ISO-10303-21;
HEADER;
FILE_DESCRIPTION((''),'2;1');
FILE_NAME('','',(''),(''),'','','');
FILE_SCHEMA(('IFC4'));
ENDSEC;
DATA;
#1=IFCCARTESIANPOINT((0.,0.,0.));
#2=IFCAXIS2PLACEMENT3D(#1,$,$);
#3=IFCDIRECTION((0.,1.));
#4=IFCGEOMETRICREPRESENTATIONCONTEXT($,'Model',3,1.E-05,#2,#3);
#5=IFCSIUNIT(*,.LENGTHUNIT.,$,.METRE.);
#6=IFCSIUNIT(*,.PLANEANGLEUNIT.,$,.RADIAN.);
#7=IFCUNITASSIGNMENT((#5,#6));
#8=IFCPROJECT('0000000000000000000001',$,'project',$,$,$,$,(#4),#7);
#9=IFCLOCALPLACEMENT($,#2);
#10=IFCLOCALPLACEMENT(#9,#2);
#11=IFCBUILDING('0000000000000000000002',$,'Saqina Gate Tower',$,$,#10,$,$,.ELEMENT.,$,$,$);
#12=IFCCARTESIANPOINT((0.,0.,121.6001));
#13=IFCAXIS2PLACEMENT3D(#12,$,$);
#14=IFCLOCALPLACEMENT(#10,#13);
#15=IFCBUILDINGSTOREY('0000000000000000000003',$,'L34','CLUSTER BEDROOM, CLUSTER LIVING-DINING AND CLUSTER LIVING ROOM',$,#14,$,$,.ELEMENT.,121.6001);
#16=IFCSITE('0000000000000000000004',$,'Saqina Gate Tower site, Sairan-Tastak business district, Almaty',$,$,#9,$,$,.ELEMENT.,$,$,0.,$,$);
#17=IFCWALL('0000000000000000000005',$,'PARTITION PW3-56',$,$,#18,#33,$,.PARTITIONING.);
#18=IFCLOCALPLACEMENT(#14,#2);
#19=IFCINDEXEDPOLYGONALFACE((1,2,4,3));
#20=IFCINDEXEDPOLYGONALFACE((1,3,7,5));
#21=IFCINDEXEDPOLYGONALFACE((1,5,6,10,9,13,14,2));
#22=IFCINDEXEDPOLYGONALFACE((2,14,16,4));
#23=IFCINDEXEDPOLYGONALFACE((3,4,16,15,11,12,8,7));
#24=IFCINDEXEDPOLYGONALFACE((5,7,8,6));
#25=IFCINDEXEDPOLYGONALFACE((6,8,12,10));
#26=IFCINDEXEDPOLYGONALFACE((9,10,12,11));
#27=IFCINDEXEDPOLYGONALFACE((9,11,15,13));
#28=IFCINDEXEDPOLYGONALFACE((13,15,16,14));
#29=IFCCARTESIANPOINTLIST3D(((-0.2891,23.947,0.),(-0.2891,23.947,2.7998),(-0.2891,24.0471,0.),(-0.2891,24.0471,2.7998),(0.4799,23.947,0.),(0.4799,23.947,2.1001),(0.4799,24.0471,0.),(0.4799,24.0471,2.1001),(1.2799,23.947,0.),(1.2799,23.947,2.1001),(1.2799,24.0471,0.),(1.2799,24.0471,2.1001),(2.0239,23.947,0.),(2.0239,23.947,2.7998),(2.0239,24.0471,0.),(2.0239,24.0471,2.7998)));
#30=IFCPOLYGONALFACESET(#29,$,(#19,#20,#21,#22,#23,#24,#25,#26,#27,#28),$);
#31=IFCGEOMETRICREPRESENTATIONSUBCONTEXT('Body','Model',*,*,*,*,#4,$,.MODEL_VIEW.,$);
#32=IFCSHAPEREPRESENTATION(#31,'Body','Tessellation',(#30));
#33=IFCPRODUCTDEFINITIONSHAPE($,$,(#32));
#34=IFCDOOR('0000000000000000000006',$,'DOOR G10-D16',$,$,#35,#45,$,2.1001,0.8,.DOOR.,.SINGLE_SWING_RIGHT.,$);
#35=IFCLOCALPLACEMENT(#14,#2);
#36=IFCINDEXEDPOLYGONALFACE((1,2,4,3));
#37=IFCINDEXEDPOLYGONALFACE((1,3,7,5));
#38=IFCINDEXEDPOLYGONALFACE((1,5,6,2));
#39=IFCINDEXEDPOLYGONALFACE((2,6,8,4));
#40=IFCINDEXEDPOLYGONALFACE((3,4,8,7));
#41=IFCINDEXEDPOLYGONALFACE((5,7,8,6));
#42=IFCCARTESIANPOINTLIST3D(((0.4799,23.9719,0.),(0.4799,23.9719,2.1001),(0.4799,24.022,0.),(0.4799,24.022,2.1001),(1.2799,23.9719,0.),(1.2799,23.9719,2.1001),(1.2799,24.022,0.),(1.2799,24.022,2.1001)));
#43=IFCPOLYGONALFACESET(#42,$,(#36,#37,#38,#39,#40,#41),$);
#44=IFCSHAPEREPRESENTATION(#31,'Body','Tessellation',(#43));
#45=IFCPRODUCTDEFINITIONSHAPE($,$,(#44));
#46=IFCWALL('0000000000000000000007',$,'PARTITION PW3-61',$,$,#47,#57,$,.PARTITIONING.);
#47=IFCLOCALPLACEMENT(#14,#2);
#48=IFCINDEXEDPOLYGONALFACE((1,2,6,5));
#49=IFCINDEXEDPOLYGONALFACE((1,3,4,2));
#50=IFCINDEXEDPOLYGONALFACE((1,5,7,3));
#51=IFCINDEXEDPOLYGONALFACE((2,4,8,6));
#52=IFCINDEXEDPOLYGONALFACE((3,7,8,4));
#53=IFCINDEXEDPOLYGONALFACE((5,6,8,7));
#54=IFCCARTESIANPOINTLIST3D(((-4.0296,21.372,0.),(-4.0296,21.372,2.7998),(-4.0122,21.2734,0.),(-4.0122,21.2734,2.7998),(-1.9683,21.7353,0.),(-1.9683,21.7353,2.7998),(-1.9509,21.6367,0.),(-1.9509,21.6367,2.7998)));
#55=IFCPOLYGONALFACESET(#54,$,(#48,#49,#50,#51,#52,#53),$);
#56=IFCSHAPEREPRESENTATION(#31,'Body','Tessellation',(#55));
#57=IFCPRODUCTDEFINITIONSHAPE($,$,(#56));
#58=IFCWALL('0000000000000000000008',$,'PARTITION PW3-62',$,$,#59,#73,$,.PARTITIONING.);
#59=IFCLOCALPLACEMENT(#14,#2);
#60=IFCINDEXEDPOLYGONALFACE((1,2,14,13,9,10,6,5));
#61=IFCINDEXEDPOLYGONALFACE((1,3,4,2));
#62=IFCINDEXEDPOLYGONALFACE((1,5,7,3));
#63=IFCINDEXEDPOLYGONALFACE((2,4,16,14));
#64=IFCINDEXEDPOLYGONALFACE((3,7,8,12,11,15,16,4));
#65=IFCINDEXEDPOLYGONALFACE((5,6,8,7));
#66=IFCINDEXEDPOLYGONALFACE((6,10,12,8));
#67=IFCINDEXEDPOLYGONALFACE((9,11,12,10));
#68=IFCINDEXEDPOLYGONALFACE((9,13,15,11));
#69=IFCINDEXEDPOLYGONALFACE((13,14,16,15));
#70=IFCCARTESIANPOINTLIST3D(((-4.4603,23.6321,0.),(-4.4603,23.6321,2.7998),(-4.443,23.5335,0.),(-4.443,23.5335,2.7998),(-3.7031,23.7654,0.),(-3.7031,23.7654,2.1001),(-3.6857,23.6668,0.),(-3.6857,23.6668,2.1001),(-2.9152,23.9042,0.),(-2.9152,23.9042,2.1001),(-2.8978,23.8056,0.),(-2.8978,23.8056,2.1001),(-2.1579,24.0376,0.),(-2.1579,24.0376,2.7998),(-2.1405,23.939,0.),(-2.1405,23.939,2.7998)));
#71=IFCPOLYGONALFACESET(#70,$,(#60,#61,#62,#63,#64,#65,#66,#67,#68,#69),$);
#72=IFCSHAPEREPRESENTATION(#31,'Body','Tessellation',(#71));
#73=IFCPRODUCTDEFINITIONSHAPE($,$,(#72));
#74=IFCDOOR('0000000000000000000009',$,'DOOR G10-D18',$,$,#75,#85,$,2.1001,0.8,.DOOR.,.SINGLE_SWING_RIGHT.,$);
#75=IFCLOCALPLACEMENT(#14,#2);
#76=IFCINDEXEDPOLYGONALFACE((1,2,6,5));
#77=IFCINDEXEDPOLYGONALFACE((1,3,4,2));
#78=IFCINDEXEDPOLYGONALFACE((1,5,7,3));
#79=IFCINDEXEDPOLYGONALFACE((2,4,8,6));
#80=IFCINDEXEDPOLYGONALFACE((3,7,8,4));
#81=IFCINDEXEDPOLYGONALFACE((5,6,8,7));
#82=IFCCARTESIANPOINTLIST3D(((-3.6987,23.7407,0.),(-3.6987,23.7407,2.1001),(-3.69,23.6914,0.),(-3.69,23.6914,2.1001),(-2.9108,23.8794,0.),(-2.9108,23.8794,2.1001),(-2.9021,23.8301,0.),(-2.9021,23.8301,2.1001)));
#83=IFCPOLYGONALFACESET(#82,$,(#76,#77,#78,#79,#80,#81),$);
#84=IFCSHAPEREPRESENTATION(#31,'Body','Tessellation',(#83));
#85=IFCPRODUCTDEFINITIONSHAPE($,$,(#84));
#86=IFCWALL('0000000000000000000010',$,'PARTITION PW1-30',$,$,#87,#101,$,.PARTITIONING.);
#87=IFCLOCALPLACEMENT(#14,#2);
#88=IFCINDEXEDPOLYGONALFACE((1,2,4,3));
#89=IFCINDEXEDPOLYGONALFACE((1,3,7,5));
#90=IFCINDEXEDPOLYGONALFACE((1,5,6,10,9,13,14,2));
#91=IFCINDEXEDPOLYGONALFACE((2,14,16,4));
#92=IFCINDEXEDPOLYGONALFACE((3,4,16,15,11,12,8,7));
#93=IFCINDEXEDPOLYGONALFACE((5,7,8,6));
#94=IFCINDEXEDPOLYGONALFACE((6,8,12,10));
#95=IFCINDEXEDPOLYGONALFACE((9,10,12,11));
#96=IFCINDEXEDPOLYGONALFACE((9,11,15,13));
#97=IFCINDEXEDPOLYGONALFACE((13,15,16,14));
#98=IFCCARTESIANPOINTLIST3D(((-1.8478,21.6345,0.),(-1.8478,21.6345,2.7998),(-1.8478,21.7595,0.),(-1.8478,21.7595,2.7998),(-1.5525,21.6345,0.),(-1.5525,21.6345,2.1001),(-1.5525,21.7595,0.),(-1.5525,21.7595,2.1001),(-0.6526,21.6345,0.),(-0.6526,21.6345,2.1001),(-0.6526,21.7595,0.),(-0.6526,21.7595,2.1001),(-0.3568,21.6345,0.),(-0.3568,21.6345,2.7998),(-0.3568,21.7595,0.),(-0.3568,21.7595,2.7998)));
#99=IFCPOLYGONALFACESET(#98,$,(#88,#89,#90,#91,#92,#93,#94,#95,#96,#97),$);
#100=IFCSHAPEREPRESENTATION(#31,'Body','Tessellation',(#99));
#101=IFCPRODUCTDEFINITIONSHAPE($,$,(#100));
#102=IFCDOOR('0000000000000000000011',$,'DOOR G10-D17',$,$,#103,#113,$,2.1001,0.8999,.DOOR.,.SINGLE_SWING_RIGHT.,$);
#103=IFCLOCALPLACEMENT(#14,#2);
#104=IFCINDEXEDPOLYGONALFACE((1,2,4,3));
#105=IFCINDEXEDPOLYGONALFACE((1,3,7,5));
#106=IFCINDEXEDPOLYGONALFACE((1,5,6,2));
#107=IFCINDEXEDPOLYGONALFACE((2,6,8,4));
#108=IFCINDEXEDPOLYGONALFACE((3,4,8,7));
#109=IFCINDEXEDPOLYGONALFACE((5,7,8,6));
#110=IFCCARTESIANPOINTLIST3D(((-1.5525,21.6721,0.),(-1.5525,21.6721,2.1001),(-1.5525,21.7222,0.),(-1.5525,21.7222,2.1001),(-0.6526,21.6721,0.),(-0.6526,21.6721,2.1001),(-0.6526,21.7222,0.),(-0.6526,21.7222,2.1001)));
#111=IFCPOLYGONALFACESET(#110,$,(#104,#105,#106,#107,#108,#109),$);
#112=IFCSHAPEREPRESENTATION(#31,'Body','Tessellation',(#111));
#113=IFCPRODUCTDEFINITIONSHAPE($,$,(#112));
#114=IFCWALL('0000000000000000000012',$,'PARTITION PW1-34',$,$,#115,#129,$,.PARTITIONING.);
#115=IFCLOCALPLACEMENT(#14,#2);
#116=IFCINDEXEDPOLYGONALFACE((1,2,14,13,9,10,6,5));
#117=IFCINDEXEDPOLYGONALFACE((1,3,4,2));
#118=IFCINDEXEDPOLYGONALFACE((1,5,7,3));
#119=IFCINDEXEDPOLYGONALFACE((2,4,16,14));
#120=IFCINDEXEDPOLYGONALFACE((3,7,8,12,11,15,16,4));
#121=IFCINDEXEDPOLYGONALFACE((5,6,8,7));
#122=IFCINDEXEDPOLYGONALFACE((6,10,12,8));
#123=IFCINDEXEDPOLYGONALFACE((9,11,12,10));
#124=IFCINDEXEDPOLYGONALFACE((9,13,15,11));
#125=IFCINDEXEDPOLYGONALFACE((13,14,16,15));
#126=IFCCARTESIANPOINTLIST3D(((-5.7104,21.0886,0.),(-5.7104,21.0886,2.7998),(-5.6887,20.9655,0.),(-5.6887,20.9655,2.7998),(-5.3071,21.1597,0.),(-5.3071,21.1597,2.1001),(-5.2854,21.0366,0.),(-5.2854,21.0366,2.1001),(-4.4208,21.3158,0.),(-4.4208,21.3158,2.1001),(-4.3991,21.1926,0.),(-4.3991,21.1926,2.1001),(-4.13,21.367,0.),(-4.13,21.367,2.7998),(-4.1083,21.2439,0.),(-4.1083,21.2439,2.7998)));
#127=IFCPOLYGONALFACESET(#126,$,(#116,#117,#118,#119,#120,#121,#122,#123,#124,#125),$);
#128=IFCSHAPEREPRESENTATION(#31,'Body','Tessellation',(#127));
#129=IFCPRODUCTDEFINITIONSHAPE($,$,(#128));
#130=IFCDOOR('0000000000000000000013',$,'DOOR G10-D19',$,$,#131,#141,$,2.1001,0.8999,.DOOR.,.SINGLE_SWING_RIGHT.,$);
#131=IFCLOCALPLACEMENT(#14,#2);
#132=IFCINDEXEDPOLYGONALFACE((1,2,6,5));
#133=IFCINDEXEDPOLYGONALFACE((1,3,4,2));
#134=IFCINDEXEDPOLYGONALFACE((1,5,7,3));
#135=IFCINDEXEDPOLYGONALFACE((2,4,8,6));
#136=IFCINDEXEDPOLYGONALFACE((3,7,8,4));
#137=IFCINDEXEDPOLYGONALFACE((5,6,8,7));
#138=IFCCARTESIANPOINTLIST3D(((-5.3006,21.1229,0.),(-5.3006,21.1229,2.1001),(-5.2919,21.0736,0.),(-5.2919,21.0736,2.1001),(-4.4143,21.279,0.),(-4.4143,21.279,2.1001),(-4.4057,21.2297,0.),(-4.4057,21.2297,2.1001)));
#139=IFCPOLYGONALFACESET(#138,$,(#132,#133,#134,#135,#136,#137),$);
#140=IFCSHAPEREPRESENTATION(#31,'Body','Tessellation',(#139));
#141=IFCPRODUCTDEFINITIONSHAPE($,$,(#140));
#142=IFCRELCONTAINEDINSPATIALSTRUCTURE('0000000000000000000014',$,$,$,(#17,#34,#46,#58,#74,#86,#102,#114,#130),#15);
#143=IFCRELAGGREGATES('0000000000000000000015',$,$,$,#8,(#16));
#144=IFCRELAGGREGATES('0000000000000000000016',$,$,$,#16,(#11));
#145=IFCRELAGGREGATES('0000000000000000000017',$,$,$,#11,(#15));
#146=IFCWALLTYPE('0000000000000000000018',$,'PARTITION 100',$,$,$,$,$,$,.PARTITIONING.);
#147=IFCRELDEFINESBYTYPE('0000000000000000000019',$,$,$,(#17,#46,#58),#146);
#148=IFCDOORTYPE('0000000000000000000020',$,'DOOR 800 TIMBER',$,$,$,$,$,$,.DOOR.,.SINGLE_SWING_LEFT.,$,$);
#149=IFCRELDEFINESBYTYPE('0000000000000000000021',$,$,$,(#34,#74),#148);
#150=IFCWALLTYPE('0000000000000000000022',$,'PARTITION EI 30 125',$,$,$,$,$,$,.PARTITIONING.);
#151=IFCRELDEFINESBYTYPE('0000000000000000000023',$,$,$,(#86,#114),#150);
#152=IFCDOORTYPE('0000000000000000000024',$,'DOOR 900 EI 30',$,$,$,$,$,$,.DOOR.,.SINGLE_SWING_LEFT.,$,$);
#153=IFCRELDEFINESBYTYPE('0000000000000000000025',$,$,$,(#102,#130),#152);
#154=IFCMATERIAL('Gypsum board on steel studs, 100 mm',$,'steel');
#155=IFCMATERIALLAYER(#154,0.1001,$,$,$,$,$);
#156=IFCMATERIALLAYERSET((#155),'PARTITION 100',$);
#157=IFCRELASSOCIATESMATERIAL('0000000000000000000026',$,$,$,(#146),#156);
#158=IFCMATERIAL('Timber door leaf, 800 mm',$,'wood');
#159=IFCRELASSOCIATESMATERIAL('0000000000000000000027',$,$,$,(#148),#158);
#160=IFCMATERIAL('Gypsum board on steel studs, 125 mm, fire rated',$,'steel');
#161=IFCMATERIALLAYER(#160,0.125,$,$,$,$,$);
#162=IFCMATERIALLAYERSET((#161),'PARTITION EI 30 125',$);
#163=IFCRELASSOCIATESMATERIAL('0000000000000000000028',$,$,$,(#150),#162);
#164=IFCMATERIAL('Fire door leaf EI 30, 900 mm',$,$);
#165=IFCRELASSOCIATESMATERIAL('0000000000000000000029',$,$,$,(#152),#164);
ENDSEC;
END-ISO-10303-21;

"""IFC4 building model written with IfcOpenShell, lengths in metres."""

from ifc_helpers import new_model, si_unit, direction, frame, frame_2d, origin, place, context, subcontext, project, spatial, rectangle, extrude, material, layer, layer_set, type_object, element, fill, save


model = new_model("IFC4")

# Units and contexts
model_context = context("Model", 3, precision=1e-05, world=origin(), true_north=direction((0.0, 1.0)))
body_context = subcontext(model_context, "Body", "Model", "MODEL_VIEW")
ifc_project = project(units=[si_unit("LENGTHUNIT", "METRE"), si_unit("PLANEANGLEUNIT", "RADIAN")], contexts=[model_context])

# Site, building, storey
site_placement = place(None, origin())
site = spatial("IfcSite", under=ifc_project, at=site_placement, Name="Saqina Gate Tower site, Sairan-Tastak business district, Almaty", CompositionType="ELEMENT", RefElevation=0.0)
building_placement = place(site_placement, origin())
building = spatial("IfcBuilding", under=site, at=building_placement, Name="Saqina Gate Tower", CompositionType="ELEMENT")
storey_placement = place(building_placement, frame((0.0, 0.0, 121.6001)))
storey = spatial("IfcBuildingStorey", under=building, at=storey_placement, Name="L34", Description="CLUSTER BEDROOM, CLUSTER LIVING-DINING AND CLUSTER LIVING ROOM", CompositionType="ELEMENT", Elevation=121.6001)

# Shared definitions
ifc_material_1 = material(Name="Gypsum board on steel studs, 100 mm", Category="steel")
ifc_layer_1 = layer(ifc_material_1, 0.1001)
ifc_layer_set_1 = layer_set([ifc_layer_1], Name="PARTITION 100")
wall_type_1 = type_object("IfcWallType", Name="PARTITION 100", PredefinedType="PARTITIONING", material=ifc_layer_set_1)

# Wall, opening, door
wall_1_placement = place(storey_placement, frame((-0.2891, 23.9971, 0.0), z_axis=(0.0, 0.0, 1.0), x_axis=(1.0, 0.0, 0.0)))
wall_1 = element("IfcWall", 1, at=wall_1_placement, inside=storey, type_object=wall_type_1, Name="PARTITION PW3-56", PredefinedType="PARTITIONING", context=body_context, shape_type="SweptSolid", body=[
    extrude(rectangle(XDim=2.313, YDim=0.1001, at=frame_2d((1.1565, 0.0))), origin(), (0.0, 0.0, 1.0), 2.7998),
])
opening_1_placement = place(wall_1_placement, frame((0.769, 0.0, 0.0)))
opening_1 = element("IfcOpeningElement", 2, at=opening_1_placement, cuts=wall_1, PredefinedType="OPENING", context=body_context, shape_type="SweptSolid", body=[
    extrude(rectangle(XDim=0.8, YDim=2.1001, at=frame_2d((0.3999, 1.05))), frame((0.0, 0.062, 0.0), z_axis=(0.0, -1.0, 0.0), x_axis=(1.0, 0.0, 0.0)), (0.0, 0.0, 1.0), 0.124),
])
ifc_material_2 = material(Name="Timber door leaf, 800 mm", Category="wood")
door_type_1 = type_object("IfcDoorType", Name="DOOR 800 TIMBER", OperationType="SINGLE_SWING_LEFT", PredefinedType="DOOR", material=ifc_material_2)
door_1_placement = place(opening_1_placement, origin())
door_1 = element("IfcDoor", 3, at=door_1_placement, inside=storey, type_object=door_type_1, Name="DOOR G10-D16", OperationType="SINGLE_SWING_RIGHT", OverallHeight=2.1001, OverallWidth=0.8, PredefinedType="DOOR", context=body_context, shape_type="SweptSolid", body=[
    extrude(rectangle(XDim=0.8, YDim=2.1001, at=frame_2d((0.3999, 1.05))), frame((0.0, 0.0249, 0.0), z_axis=(0.0, -1.0, 0.0), x_axis=(1.0, 0.0, 0.0)), (0.0, 0.0, 1.0), 0.05),
])
fill(opening_1, door_1)

# Wall
wall_2_placement = place(storey_placement, frame((-4.0208, 21.3228, 0.0), z_axis=(0.0, 0.0, 1.0), x_axis=(0.984822, 0.173566, 0.0)))
element("IfcWall", 4, at=wall_2_placement, inside=storey, type_object=wall_type_1, Name="PARTITION PW3-61", PredefinedType="PARTITIONING", context=body_context, shape_type="SweptSolid", body=[
    extrude(rectangle(XDim=2.093, YDim=0.1001, at=frame_2d((1.0464, 0.0))), origin(), (0.0, 0.0, 1.0), 2.7998),
])

# Walls, openings, doors
wall_3_placement = place(storey_placement, frame((-4.4517, 23.5828, 0.0), z_axis=(0.0, 0.0, 1.0), x_axis=(0.984842, 0.173452, 0.0)))
wall_3 = element("IfcWall", 5, at=wall_3_placement, inside=storey, type_object=wall_type_1, Name="PARTITION PW3-62", PredefinedType="PARTITIONING", context=body_context, shape_type="SweptSolid", body=[
    extrude(rectangle(XDim=2.3379, YDim=0.1001, at=frame_2d((1.1689, 0.0))), origin(), (0.0, 0.0, 1.0), 2.7998),
])
opening_2_placement = place(wall_3_placement, frame((0.769, 0.0, 0.0)))
opening_2 = element("IfcOpeningElement", 6, at=opening_2_placement, cuts=wall_3, PredefinedType="OPENING", context=body_context, shape_type="SweptSolid", body=[
    extrude(rectangle(XDim=0.8, YDim=2.1001, at=frame_2d((0.3999, 1.05))), frame((0.0, 0.062, 0.0), z_axis=(0.0, -1.0, 0.0), x_axis=(1.0, 0.0, 0.0)), (0.0, 0.0, 1.0), 0.124),
])
door_2_placement = place(opening_2_placement, origin())
door_2 = element("IfcDoor", 7, at=door_2_placement, inside=storey, type_object=door_type_1, Name="DOOR G10-D18", OperationType="SINGLE_SWING_RIGHT", OverallHeight=2.1001, OverallWidth=0.8, PredefinedType="DOOR", context=body_context, shape_type="SweptSolid", body=[
    extrude(rectangle(XDim=0.8, YDim=2.1001, at=frame_2d((0.3999, 1.05))), frame((0.0, 0.0249, 0.0), z_axis=(0.0, -1.0, 0.0), x_axis=(1.0, 0.0, 0.0)), (0.0, 0.0, 1.0), 0.05),
])
fill(opening_2, door_2)
ifc_material_3 = material(Name="Gypsum board on steel studs, 125 mm, fire rated", Category="steel")
ifc_layer_2 = layer(ifc_material_3, 0.125)
ifc_layer_set_2 = layer_set([ifc_layer_2], Name="PARTITION EI 30 125")
wall_type_2 = type_object("IfcWallType", Name="PARTITION EI 30 125", PredefinedType="PARTITIONING", material=ifc_layer_set_2)
wall_4_placement = place(storey_placement, frame((-1.8479, 21.697, 0.0), z_axis=(0.0, 0.0, 1.0), x_axis=(1.0, 0.0, 0.0)))
wall_4 = element("IfcWall", 8, at=wall_4_placement, inside=storey, type_object=wall_type_2, Name="PARTITION PW1-30", PredefinedType="PARTITIONING", context=body_context, shape_type="SweptSolid", body=[
    extrude(rectangle(XDim=1.491, YDim=0.125, at=frame_2d((0.7456, 0.0))), origin(), (0.0, 0.0, 1.0), 2.7998),
])
opening_3_placement = place(wall_4_placement, frame((0.2954, 0.0, 0.0)))
opening_3 = element("IfcOpeningElement", 9, at=opening_3_placement, cuts=wall_4, PredefinedType="OPENING", context=body_context, shape_type="SweptSolid", body=[
    extrude(rectangle(XDim=0.8999, YDim=2.1001, at=frame_2d((0.45, 1.05))), frame((0.0, 0.0745, 0.0), z_axis=(0.0, -1.0, 0.0), x_axis=(1.0, 0.0, 0.0)), (0.0, 0.0, 1.0), 0.1489),
])
ifc_material_4 = material(Name="Fire door leaf EI 30, 900 mm")
door_type_2 = type_object("IfcDoorType", Name="DOOR 900 EI 30", OperationType="SINGLE_SWING_LEFT", PredefinedType="DOOR", material=ifc_material_4)
door_3_placement = place(opening_3_placement, frame((0.8999, 0.0, 0.0), z_axis=(0.0, 0.0, 1.0), x_axis=(-1.0, 0.0, 0.0)))
door_3 = element("IfcDoor", 10, at=door_3_placement, inside=storey, type_object=door_type_2, Name="DOOR G10-D17", OperationType="SINGLE_SWING_RIGHT", OverallHeight=2.1001, OverallWidth=0.8999, PredefinedType="DOOR", context=body_context, shape_type="SweptSolid", body=[
    extrude(rectangle(XDim=0.8999, YDim=2.1001, at=frame_2d((0.45, 1.05))), frame((0.0, 0.0249, 0.0), z_axis=(0.0, -1.0, 0.0), x_axis=(1.0, 0.0, 0.0)), (0.0, 0.0, 1.0), 0.05),
])
fill(opening_3, door_3)
wall_5_placement = place(storey_placement, frame((-5.6995, 21.0271, 0.0), z_axis=(0.0, 0.0, 1.0), x_axis=(0.984843, 0.173447, 0.0)))
wall_5 = element("IfcWall", 11, at=wall_5_placement, inside=storey, type_object=wall_type_2, Name="PARTITION PW1-34", PredefinedType="PARTITIONING", context=body_context, shape_type="SweptSolid", body=[
    extrude(rectangle(XDim=1.6047, YDim=0.125, at=frame_2d((0.8022, 0.0))), origin(), (0.0, 0.0, 1.0), 2.7998),
])
opening_4_placement = place(wall_5_placement, frame((0.4094, 0.0, 0.0)))
opening_4 = element("IfcOpeningElement", 12, at=opening_4_placement, cuts=wall_5, PredefinedType="OPENING", context=body_context, shape_type="SweptSolid", body=[
    extrude(rectangle(XDim=0.8999, YDim=2.1001, at=frame_2d((0.45, 1.05))), frame((0.0, 0.0745, 0.0), z_axis=(0.0, -1.0, 0.0), x_axis=(1.0, 0.0, 0.0)), (0.0, 0.0, 1.0), 0.1489),
])
door_4_placement = place(opening_4_placement, frame((0.8999, 0.0, 0.0), z_axis=(0.0, 0.0, 1.0), x_axis=(-1.0, 0.0, 0.0)))
door_4 = element("IfcDoor", 13, at=door_4_placement, inside=storey, type_object=door_type_2, Name="DOOR G10-D19", OperationType="SINGLE_SWING_RIGHT", OverallHeight=2.1001, OverallWidth=0.8999, PredefinedType="DOOR", context=body_context, shape_type="SweptSolid", body=[
    extrude(rectangle(XDim=0.8999, YDim=2.1001, at=frame_2d((0.45, 1.05))), frame((0.0, 0.0249, 0.0), z_axis=(0.0, -1.0, 0.0), x_axis=(1.0, 0.0, 0.0)), (0.0, 0.0, 1.0), 0.05),
])
fill(opening_4, door_4)

save(model, "model.ifc")
